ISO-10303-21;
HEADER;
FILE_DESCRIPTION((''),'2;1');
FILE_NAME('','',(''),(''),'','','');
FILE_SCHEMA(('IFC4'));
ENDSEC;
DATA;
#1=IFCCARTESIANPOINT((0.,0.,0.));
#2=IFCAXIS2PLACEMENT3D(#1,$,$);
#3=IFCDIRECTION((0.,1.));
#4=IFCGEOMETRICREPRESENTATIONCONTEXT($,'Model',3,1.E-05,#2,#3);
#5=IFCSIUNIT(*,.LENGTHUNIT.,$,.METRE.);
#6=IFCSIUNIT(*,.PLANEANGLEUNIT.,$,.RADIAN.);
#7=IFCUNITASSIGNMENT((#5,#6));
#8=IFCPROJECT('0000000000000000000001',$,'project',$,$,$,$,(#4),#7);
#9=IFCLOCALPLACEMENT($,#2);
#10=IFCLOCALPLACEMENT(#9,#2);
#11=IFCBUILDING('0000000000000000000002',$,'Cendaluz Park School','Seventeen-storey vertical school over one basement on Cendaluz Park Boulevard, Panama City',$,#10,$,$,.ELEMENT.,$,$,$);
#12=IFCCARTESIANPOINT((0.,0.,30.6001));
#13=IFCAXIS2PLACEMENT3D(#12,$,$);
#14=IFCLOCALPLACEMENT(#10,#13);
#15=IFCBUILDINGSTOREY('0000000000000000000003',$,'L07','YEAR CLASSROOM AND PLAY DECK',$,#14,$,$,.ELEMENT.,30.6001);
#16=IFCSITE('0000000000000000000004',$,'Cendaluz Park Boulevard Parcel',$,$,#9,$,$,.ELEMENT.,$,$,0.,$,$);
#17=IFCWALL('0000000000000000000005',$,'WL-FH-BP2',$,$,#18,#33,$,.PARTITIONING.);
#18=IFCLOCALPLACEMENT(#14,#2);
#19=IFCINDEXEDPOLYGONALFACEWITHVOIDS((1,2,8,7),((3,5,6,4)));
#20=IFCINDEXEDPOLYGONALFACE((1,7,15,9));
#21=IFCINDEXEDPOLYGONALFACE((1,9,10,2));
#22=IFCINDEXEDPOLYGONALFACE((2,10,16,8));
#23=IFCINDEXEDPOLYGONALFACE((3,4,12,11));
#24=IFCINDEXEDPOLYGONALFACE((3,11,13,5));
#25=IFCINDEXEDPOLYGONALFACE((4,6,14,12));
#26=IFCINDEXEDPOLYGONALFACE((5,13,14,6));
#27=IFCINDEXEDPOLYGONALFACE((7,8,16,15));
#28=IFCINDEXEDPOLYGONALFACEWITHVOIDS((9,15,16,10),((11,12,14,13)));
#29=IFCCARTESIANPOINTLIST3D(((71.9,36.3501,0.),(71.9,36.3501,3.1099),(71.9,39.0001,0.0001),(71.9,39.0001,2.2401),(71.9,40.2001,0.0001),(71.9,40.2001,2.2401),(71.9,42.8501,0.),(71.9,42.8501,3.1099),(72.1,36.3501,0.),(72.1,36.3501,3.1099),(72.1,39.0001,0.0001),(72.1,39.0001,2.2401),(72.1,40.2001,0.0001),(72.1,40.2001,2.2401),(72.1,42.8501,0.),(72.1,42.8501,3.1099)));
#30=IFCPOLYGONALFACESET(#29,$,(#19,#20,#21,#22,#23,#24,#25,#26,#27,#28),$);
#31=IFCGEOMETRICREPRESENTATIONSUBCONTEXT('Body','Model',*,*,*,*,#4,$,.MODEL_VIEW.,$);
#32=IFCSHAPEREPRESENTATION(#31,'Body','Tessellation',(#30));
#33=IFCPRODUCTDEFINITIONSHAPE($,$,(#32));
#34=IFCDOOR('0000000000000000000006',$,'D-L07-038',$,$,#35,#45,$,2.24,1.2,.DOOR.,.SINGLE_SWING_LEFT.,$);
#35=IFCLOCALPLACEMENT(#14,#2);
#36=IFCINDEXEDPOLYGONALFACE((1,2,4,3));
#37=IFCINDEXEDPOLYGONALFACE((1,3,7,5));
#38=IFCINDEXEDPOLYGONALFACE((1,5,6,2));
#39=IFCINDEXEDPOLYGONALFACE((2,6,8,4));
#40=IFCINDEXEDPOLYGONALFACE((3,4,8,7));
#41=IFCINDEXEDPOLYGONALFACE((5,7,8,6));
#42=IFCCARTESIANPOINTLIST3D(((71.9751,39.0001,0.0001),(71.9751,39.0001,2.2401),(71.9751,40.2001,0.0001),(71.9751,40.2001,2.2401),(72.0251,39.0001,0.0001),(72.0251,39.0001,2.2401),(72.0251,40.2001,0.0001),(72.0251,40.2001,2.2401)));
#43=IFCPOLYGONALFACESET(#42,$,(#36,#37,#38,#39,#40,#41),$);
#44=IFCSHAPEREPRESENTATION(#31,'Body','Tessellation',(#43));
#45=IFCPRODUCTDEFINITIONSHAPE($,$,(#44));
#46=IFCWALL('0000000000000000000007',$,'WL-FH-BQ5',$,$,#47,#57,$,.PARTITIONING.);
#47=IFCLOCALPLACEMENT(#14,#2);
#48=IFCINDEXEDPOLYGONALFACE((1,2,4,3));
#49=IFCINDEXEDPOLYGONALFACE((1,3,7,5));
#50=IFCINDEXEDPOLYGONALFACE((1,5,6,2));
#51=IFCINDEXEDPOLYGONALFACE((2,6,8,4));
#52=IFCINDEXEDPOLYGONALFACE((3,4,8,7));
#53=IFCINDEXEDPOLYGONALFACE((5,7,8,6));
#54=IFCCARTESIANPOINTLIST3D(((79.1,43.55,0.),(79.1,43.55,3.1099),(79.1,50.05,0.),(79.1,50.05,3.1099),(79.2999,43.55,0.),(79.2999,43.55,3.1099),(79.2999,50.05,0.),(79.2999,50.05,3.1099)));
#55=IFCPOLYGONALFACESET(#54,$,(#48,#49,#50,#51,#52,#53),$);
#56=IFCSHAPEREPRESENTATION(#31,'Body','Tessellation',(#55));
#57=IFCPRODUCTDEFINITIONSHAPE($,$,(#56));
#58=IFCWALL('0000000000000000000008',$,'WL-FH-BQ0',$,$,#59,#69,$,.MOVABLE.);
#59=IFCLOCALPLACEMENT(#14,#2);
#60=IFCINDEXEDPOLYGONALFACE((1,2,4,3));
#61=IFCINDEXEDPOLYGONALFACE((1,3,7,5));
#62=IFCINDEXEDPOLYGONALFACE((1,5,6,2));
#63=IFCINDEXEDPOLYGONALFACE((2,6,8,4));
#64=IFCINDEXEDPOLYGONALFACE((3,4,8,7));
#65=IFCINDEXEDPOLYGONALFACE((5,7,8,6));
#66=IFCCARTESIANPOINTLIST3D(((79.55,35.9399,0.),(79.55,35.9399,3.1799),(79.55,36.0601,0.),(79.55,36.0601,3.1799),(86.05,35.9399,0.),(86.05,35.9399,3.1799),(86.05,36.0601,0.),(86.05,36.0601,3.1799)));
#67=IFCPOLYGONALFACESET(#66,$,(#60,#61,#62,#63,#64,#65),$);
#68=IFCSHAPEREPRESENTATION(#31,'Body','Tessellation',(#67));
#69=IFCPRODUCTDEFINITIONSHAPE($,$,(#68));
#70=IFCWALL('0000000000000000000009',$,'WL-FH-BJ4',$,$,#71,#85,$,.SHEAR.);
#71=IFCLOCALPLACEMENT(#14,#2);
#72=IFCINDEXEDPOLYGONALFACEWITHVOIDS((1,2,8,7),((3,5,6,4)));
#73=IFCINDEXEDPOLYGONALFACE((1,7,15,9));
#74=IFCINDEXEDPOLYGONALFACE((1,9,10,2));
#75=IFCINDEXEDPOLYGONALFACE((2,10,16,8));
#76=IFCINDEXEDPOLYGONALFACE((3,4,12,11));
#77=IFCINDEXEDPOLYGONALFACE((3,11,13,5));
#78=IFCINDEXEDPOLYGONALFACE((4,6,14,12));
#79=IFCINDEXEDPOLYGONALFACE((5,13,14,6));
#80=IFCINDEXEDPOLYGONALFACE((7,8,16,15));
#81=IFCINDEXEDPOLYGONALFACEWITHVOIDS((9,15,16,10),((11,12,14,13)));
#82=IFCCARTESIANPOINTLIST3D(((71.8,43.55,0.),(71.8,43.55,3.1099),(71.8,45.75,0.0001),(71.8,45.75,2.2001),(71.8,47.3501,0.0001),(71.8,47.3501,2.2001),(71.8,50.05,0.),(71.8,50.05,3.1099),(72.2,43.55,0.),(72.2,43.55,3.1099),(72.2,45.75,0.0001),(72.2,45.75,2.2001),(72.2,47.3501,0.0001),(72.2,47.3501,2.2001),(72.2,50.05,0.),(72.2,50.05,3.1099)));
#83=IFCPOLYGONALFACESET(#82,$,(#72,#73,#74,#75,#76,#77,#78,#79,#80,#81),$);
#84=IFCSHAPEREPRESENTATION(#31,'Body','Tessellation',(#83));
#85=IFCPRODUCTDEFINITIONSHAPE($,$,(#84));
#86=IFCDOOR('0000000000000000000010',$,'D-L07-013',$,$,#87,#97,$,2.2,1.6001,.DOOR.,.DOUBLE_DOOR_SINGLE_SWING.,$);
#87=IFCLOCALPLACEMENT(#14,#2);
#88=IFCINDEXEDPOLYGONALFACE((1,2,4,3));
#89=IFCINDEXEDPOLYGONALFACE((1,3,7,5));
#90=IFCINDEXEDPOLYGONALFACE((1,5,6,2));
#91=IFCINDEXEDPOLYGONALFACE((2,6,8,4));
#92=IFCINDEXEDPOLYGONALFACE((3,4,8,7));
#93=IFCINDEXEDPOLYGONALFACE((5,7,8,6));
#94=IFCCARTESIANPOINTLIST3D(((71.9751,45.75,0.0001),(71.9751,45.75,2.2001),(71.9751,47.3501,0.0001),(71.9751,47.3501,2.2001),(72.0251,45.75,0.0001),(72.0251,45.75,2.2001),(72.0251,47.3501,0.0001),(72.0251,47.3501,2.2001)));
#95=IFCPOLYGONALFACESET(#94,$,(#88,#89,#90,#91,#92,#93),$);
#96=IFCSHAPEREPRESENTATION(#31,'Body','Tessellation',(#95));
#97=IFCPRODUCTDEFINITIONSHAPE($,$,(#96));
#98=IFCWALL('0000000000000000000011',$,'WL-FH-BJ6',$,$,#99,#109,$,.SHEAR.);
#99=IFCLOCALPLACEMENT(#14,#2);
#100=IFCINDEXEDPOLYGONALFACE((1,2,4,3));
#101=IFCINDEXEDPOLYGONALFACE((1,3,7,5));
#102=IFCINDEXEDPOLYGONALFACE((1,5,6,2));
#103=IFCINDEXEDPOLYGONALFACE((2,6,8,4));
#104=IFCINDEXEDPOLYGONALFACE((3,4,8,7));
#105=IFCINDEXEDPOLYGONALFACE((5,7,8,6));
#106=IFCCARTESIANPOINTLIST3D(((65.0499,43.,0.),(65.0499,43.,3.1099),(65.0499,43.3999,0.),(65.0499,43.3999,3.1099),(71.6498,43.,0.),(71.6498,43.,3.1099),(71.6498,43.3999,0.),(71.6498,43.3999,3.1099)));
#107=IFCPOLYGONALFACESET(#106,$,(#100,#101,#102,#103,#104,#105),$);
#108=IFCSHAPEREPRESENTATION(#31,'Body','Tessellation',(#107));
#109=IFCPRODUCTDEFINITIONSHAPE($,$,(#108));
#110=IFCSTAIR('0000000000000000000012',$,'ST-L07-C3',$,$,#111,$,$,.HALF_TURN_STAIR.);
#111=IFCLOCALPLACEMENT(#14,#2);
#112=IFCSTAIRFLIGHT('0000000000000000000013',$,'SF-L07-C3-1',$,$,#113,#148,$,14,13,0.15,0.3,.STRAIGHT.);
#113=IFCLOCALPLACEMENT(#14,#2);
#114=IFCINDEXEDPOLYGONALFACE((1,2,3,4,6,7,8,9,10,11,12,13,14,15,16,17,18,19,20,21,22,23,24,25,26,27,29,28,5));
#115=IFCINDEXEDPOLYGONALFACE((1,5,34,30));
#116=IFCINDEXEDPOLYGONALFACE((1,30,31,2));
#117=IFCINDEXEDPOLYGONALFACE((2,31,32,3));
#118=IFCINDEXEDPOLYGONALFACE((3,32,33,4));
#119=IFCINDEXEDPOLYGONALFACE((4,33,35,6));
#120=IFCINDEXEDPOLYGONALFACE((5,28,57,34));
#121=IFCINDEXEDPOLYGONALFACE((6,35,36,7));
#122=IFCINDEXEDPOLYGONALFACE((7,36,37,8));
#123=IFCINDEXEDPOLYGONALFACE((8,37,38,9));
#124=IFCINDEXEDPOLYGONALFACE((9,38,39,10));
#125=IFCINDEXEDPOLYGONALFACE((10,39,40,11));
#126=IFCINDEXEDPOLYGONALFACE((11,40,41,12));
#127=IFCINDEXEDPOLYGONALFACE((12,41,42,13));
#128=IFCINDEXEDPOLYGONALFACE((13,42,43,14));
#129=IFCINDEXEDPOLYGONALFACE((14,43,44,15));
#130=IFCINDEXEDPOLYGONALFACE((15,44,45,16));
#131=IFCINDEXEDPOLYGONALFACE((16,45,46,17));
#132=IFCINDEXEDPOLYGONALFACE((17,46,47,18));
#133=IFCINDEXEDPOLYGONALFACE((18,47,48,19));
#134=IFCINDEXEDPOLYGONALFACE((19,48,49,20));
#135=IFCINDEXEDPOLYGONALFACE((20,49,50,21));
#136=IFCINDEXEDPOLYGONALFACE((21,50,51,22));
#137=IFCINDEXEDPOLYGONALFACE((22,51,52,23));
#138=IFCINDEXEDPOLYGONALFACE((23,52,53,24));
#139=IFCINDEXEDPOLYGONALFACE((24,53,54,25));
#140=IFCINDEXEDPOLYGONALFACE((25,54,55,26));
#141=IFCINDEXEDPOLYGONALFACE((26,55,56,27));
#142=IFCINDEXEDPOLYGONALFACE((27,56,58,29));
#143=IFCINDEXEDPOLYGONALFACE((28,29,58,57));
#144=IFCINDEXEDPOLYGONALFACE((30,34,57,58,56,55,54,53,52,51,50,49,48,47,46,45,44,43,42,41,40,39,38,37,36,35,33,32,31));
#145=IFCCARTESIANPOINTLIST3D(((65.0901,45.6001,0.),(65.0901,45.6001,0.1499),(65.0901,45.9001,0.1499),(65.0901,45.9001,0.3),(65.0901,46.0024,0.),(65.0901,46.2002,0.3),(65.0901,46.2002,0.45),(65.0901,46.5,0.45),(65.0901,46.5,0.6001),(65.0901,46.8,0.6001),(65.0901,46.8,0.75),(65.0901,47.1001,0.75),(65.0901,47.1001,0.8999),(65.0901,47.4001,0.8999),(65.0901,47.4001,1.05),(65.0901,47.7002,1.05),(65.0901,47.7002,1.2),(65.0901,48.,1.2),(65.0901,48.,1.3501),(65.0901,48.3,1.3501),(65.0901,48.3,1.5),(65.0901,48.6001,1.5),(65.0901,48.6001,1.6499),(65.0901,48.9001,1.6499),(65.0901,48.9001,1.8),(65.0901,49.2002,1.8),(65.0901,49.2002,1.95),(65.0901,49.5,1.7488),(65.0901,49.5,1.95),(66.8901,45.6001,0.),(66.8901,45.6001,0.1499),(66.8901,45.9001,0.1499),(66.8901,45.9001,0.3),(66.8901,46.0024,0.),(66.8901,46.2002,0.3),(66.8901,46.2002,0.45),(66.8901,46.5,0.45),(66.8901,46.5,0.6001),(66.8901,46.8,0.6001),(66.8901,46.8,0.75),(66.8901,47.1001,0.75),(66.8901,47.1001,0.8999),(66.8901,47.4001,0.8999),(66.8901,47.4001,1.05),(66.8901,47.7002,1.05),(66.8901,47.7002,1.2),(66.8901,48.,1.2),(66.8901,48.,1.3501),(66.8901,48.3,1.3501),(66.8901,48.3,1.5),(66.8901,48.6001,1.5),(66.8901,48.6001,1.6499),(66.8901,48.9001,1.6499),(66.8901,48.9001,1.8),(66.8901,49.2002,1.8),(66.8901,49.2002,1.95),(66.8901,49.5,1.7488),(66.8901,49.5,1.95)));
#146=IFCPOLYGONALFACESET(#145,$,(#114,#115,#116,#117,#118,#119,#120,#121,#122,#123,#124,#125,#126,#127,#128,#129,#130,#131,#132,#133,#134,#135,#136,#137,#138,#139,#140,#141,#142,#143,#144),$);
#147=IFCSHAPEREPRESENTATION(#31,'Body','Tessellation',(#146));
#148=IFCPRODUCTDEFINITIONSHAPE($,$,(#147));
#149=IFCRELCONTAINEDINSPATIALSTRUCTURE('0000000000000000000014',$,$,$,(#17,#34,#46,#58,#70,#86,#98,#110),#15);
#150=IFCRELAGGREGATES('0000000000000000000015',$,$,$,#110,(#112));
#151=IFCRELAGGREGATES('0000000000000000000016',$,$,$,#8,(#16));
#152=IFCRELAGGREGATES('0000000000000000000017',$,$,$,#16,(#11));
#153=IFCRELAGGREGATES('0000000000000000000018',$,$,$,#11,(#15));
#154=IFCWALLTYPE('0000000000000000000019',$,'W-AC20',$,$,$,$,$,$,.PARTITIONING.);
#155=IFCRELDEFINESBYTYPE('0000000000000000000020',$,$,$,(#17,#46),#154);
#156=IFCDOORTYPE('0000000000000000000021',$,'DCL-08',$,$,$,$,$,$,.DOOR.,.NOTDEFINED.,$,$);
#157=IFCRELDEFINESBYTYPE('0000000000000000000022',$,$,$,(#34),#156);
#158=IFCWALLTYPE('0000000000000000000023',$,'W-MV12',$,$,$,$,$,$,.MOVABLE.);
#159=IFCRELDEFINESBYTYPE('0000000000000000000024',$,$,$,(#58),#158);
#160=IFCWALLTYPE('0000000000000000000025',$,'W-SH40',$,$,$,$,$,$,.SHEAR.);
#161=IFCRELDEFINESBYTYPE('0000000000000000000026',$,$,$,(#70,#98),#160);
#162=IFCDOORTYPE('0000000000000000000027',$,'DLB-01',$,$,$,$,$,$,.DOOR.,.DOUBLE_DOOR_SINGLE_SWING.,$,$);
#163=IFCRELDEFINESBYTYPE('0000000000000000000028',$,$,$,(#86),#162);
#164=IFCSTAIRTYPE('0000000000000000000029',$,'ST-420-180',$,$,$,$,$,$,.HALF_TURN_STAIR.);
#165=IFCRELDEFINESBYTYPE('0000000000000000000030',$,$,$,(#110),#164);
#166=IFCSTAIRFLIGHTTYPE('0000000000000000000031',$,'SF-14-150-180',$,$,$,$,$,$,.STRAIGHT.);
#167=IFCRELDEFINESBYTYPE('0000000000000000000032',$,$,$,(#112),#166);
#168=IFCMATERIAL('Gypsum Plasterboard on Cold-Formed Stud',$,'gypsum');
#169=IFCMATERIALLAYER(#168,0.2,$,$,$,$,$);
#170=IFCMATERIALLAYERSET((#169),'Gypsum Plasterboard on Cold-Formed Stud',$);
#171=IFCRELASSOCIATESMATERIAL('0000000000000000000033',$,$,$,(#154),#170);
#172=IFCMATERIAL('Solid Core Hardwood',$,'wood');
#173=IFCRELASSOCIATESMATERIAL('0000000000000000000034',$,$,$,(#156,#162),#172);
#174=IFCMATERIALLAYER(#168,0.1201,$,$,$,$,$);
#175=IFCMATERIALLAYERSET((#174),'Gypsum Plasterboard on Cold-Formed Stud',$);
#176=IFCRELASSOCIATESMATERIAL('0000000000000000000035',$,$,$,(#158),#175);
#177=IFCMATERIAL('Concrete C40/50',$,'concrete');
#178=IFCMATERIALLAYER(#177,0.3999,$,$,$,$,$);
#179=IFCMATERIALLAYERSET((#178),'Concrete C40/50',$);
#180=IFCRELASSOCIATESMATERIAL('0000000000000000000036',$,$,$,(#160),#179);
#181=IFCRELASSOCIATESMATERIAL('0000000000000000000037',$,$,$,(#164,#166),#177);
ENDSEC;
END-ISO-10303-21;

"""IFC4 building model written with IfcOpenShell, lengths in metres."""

from ifc_helpers import new_model, si_unit, direction, frame, frame_2d, origin, place, context, subcontext, project, spatial, polyline, rectangle, outline, extrude, material, layer, layer_set, type_object, element, fill, aggregate, save


model = new_model("IFC4")

# Units and contexts
model_context = context("Model", 3, precision=1e-05, world=origin(), true_north=direction((0.0, 1.0)))
body_context = subcontext(model_context, "Body", "Model", "MODEL_VIEW")
ifc_project = project(units=[si_unit("LENGTHUNIT", "METRE"), si_unit("PLANEANGLEUNIT", "RADIAN")], contexts=[model_context])

# Site, building, storey
site_placement = place(None, origin())
site = spatial("IfcSite", under=ifc_project, at=site_placement, Name="Cendaluz Park Boulevard Parcel", CompositionType="ELEMENT", RefElevation=0.0)
building_placement = place(site_placement, origin())
building = spatial("IfcBuilding", under=site, at=building_placement, Name="Cendaluz Park School", Description="Seventeen-storey vertical school over one basement on Cendaluz Park Boulevard, Panama City", CompositionType="ELEMENT")
storey_placement = place(building_placement, frame((0.0, 0.0, 30.6001)))
storey = spatial("IfcBuildingStorey", under=building, at=storey_placement, Name="L07", Description="YEAR CLASSROOM AND PLAY DECK", CompositionType="ELEMENT", Elevation=30.6001)

# Shared definitions
ifc_material_1 = material(Name="Concrete C40/50", Category="concrete")

# Wall, opening, door
ifc_material_2 = material(Name="Gypsum Plasterboard on Cold-Formed Stud", Category="gypsum")
ifc_layer_1 = layer(ifc_material_2, 0.2)
ifc_layer_set_1 = layer_set([ifc_layer_1], Name="Gypsum Plasterboard on Cold-Formed Stud")
wall_type_1 = type_object("IfcWallType", Name="W-AC20", PredefinedType="PARTITIONING", material=ifc_layer_set_1)
wall_1_placement = place(storey_placement, frame((72.0, 36.3501, 0.0), z_axis=(0.0, 0.0, 1.0), x_axis=(0.0, 1.0, 0.0)))
wall_1 = element("IfcWall", 1, at=wall_1_placement, inside=storey, type_object=wall_type_1, Name="WL-FH-BP2", PredefinedType="PARTITIONING", context=body_context, shape_type="SweptSolid", body=[
    extrude(rectangle(XDim=6.5, YDim=0.2, at=frame_2d((3.25, 0.0))), origin(), (0.0, 0.0, 1.0), 3.1099),
])
opening_1_placement = place(wall_1_placement, frame((2.6499, 0.0, 0.0)))
opening_1 = element("IfcOpeningElement", 2, at=opening_1_placement, cuts=wall_1, PredefinedType="OPENING", context=body_context, shape_type="SweptSolid", body=[
    extrude(rectangle(XDim=1.2, YDim=2.24, at=frame_2d((0.6001, 1.1201))), frame((0.0, 0.1121, 0.0), z_axis=(0.0, -1.0, 0.0), x_axis=(1.0, 0.0, 0.0)), (0.0, 0.0, 1.0), 0.2239),
])
ifc_material_3 = material(Name="Solid Core Hardwood", Category="wood")
door_type_1 = type_object("IfcDoorType", Name="DCL-08", OperationType="NOTDEFINED", PredefinedType="DOOR", material=ifc_material_3)
door_1_placement = place(opening_1_placement, origin())
door_1 = element("IfcDoor", 3, at=door_1_placement, inside=storey, type_object=door_type_1, Name="D-L07-038", OperationType="SINGLE_SWING_LEFT", OverallHeight=2.24, OverallWidth=1.2, PredefinedType="DOOR", context=body_context, shape_type="SweptSolid", body=[
    extrude(rectangle(XDim=1.2, YDim=2.24, at=frame_2d((0.6001, 1.1201))), frame((0.0, 0.0249, 0.0), z_axis=(0.0, -1.0, 0.0), x_axis=(1.0, 0.0, 0.0)), (0.0, 0.0, 1.0), 0.05),
])
fill(opening_1, door_1)

# Wall
wall_2_placement = place(storey_placement, frame((79.2, 43.55, 0.0), z_axis=(0.0, 0.0, 1.0), x_axis=(0.0, 1.0, 0.0)))
element("IfcWall", 4, at=wall_2_placement, inside=storey, type_object=wall_type_1, Name="WL-FH-BQ5", PredefinedType="PARTITIONING", context=body_context, shape_type="SweptSolid", body=[
    extrude(rectangle(XDim=6.5, YDim=0.2, at=frame_2d((3.25, 0.0))), origin(), (0.0, 0.0, 1.0), 3.1099),
])

# Wall
ifc_layer_2 = layer(ifc_material_2, 0.1201)
ifc_layer_set_2 = layer_set([ifc_layer_2], Name="Gypsum Plasterboard on Cold-Formed Stud")
wall_type_2 = type_object("IfcWallType", Name="W-MV12", PredefinedType="MOVABLE", material=ifc_layer_set_2)
wall_3_placement = place(storey_placement, frame((79.55, 36.0, 0.0), z_axis=(0.0, 0.0, 1.0), x_axis=(1.0, 0.0, 0.0)))
element("IfcWall", 5, at=wall_3_placement, inside=storey, type_object=wall_type_2, Name="WL-FH-BQ0", PredefinedType="MOVABLE", context=body_context, shape_type="SweptSolid", body=[
    extrude(rectangle(XDim=6.5, YDim=0.1201, at=frame_2d((3.25, 0.0))), origin(), (0.0, 0.0, 1.0), 3.1799),
])

# Wall, opening, door
ifc_layer_3 = layer(ifc_material_1, 0.3999)
ifc_layer_set_3 = layer_set([ifc_layer_3], Name="Concrete C40/50")
wall_type_3 = type_object("IfcWallType", Name="W-SH40", PredefinedType="SHEAR", material=ifc_layer_set_3)
wall_4_placement = place(storey_placement, frame((72.0, 43.55, 0.0), z_axis=(0.0, 0.0, 1.0), x_axis=(0.0, 1.0, 0.0)))
wall_4 = element("IfcWall", 6, at=wall_4_placement, inside=storey, type_object=wall_type_3, Name="WL-FH-BJ4", PredefinedType="SHEAR", context=body_context, shape_type="SweptSolid", body=[
    extrude(rectangle(XDim=6.5, YDim=0.3999, at=frame_2d((3.25, 0.0))), origin(), (0.0, 0.0, 1.0), 3.1099),
])
opening_2_placement = place(wall_4_placement, frame((2.2, 0.0, 0.0)))
opening_2 = element("IfcOpeningElement", 7, at=opening_2_placement, cuts=wall_4, PredefinedType="OPENING", context=body_context, shape_type="SweptSolid", body=[
    extrude(rectangle(XDim=1.6001, YDim=2.2, at=frame_2d((0.8, 1.1001))), frame((0.0, 0.2119, 0.0), z_axis=(0.0, -1.0, 0.0), x_axis=(1.0, 0.0, 0.0)), (0.0, 0.0, 1.0), 0.4238),
])
door_type_2 = type_object("IfcDoorType", Name="DLB-01", OperationType="DOUBLE_DOOR_SINGLE_SWING", PredefinedType="DOOR", material=ifc_material_3)
door_2_placement = place(opening_2_placement, origin())
door_2 = element("IfcDoor", 8, at=door_2_placement, inside=storey, type_object=door_type_2, Name="D-L07-013", OperationType="DOUBLE_DOOR_SINGLE_SWING", OverallHeight=2.2, OverallWidth=1.6001, PredefinedType="DOOR", context=body_context, shape_type="SweptSolid", body=[
    extrude(rectangle(XDim=1.6001, YDim=2.2, at=frame_2d((0.8, 1.1001))), frame((0.0, 0.0249, 0.0), z_axis=(0.0, -1.0, 0.0), x_axis=(1.0, 0.0, 0.0)), (0.0, 0.0, 1.0), 0.05),
])
fill(opening_2, door_2)

# Wall
wall_5_placement = place(storey_placement, frame((65.05, 43.2, 0.0), z_axis=(0.0, 0.0, 1.0), x_axis=(1.0, 0.0, 0.0)))
element("IfcWall", 9, at=wall_5_placement, inside=storey, type_object=wall_type_3, Name="WL-FH-BJ6", PredefinedType="SHEAR", context=body_context, shape_type="SweptSolid", body=[
    extrude(rectangle(XDim=6.5999, YDim=0.3999, at=frame_2d((3.2998, 0.0))), origin(), (0.0, 0.0, 1.0), 3.1099),
])

# Stair, stair flight
stair_type = type_object("IfcStairType", Name="ST-420-180", PredefinedType="HALF_TURN_STAIR", material=ifc_material_1)
stair_placement = place(storey_placement, origin())
stair = element("IfcStair", 10, at=stair_placement, inside=storey, type_object=stair_type, Name="ST-L07-C3", PredefinedType="HALF_TURN_STAIR")
stair_flight_type = type_object("IfcStairFlightType", Name="SF-14-150-180", PredefinedType="STRAIGHT", material=ifc_material_1)
stair_flight_1_placement = place(storey_placement, frame((65.99, 45.6001, 0.0), z_axis=(0.0, 0.0, 1.0), x_axis=(0.0, 1.0, 0.0)))
stair_flight_1 = element("IfcStairFlight", 11, at=stair_flight_1_placement, type_object=stair_flight_type, Name="SF-L07-C3-1", NumberOfRisers=14, NumberOfTreads=13, PredefinedType="STRAIGHT", RiserHeight=0.15, TreadLength=0.3, context=body_context, shape_type="SweptSolid", body=[
    extrude(outline(polyline([(0.0, 0.0), (0.0, 0.1499), (0.3, 0.1499), (0.3, 0.3), (0.6001, 0.3), (0.6001, 0.45), (0.8999, 0.45), (0.8999, 0.6001), (1.2, 0.6001), (1.2, 0.75), (1.5, 0.75), (1.5, 0.8999), (1.8, 0.8999), (1.8, 1.05), (2.1001, 1.05), (2.1001, 1.2), (2.3999, 1.2), (2.3999, 1.3501), (2.7, 1.3501), (2.7, 1.5), (3.0, 1.5), (3.0, 1.6499), (3.3, 1.6499), (3.3, 1.8), (3.6001, 1.8), (3.6001, 1.95), (3.8999, 1.95), (3.8999, 2.1001), (3.8999, 1.7488), (0.4023, 0.0), (0.0, 0.0)])), frame((0.0, 0.8999, 0.0), z_axis=(0.0, -1.0, 0.0), x_axis=(1.0, 0.0, 0.0)), (0.0, 0.0, 1.0), 1.8),
])
aggregate(stair, [stair_flight_1])

save(model, "model.ifc")
